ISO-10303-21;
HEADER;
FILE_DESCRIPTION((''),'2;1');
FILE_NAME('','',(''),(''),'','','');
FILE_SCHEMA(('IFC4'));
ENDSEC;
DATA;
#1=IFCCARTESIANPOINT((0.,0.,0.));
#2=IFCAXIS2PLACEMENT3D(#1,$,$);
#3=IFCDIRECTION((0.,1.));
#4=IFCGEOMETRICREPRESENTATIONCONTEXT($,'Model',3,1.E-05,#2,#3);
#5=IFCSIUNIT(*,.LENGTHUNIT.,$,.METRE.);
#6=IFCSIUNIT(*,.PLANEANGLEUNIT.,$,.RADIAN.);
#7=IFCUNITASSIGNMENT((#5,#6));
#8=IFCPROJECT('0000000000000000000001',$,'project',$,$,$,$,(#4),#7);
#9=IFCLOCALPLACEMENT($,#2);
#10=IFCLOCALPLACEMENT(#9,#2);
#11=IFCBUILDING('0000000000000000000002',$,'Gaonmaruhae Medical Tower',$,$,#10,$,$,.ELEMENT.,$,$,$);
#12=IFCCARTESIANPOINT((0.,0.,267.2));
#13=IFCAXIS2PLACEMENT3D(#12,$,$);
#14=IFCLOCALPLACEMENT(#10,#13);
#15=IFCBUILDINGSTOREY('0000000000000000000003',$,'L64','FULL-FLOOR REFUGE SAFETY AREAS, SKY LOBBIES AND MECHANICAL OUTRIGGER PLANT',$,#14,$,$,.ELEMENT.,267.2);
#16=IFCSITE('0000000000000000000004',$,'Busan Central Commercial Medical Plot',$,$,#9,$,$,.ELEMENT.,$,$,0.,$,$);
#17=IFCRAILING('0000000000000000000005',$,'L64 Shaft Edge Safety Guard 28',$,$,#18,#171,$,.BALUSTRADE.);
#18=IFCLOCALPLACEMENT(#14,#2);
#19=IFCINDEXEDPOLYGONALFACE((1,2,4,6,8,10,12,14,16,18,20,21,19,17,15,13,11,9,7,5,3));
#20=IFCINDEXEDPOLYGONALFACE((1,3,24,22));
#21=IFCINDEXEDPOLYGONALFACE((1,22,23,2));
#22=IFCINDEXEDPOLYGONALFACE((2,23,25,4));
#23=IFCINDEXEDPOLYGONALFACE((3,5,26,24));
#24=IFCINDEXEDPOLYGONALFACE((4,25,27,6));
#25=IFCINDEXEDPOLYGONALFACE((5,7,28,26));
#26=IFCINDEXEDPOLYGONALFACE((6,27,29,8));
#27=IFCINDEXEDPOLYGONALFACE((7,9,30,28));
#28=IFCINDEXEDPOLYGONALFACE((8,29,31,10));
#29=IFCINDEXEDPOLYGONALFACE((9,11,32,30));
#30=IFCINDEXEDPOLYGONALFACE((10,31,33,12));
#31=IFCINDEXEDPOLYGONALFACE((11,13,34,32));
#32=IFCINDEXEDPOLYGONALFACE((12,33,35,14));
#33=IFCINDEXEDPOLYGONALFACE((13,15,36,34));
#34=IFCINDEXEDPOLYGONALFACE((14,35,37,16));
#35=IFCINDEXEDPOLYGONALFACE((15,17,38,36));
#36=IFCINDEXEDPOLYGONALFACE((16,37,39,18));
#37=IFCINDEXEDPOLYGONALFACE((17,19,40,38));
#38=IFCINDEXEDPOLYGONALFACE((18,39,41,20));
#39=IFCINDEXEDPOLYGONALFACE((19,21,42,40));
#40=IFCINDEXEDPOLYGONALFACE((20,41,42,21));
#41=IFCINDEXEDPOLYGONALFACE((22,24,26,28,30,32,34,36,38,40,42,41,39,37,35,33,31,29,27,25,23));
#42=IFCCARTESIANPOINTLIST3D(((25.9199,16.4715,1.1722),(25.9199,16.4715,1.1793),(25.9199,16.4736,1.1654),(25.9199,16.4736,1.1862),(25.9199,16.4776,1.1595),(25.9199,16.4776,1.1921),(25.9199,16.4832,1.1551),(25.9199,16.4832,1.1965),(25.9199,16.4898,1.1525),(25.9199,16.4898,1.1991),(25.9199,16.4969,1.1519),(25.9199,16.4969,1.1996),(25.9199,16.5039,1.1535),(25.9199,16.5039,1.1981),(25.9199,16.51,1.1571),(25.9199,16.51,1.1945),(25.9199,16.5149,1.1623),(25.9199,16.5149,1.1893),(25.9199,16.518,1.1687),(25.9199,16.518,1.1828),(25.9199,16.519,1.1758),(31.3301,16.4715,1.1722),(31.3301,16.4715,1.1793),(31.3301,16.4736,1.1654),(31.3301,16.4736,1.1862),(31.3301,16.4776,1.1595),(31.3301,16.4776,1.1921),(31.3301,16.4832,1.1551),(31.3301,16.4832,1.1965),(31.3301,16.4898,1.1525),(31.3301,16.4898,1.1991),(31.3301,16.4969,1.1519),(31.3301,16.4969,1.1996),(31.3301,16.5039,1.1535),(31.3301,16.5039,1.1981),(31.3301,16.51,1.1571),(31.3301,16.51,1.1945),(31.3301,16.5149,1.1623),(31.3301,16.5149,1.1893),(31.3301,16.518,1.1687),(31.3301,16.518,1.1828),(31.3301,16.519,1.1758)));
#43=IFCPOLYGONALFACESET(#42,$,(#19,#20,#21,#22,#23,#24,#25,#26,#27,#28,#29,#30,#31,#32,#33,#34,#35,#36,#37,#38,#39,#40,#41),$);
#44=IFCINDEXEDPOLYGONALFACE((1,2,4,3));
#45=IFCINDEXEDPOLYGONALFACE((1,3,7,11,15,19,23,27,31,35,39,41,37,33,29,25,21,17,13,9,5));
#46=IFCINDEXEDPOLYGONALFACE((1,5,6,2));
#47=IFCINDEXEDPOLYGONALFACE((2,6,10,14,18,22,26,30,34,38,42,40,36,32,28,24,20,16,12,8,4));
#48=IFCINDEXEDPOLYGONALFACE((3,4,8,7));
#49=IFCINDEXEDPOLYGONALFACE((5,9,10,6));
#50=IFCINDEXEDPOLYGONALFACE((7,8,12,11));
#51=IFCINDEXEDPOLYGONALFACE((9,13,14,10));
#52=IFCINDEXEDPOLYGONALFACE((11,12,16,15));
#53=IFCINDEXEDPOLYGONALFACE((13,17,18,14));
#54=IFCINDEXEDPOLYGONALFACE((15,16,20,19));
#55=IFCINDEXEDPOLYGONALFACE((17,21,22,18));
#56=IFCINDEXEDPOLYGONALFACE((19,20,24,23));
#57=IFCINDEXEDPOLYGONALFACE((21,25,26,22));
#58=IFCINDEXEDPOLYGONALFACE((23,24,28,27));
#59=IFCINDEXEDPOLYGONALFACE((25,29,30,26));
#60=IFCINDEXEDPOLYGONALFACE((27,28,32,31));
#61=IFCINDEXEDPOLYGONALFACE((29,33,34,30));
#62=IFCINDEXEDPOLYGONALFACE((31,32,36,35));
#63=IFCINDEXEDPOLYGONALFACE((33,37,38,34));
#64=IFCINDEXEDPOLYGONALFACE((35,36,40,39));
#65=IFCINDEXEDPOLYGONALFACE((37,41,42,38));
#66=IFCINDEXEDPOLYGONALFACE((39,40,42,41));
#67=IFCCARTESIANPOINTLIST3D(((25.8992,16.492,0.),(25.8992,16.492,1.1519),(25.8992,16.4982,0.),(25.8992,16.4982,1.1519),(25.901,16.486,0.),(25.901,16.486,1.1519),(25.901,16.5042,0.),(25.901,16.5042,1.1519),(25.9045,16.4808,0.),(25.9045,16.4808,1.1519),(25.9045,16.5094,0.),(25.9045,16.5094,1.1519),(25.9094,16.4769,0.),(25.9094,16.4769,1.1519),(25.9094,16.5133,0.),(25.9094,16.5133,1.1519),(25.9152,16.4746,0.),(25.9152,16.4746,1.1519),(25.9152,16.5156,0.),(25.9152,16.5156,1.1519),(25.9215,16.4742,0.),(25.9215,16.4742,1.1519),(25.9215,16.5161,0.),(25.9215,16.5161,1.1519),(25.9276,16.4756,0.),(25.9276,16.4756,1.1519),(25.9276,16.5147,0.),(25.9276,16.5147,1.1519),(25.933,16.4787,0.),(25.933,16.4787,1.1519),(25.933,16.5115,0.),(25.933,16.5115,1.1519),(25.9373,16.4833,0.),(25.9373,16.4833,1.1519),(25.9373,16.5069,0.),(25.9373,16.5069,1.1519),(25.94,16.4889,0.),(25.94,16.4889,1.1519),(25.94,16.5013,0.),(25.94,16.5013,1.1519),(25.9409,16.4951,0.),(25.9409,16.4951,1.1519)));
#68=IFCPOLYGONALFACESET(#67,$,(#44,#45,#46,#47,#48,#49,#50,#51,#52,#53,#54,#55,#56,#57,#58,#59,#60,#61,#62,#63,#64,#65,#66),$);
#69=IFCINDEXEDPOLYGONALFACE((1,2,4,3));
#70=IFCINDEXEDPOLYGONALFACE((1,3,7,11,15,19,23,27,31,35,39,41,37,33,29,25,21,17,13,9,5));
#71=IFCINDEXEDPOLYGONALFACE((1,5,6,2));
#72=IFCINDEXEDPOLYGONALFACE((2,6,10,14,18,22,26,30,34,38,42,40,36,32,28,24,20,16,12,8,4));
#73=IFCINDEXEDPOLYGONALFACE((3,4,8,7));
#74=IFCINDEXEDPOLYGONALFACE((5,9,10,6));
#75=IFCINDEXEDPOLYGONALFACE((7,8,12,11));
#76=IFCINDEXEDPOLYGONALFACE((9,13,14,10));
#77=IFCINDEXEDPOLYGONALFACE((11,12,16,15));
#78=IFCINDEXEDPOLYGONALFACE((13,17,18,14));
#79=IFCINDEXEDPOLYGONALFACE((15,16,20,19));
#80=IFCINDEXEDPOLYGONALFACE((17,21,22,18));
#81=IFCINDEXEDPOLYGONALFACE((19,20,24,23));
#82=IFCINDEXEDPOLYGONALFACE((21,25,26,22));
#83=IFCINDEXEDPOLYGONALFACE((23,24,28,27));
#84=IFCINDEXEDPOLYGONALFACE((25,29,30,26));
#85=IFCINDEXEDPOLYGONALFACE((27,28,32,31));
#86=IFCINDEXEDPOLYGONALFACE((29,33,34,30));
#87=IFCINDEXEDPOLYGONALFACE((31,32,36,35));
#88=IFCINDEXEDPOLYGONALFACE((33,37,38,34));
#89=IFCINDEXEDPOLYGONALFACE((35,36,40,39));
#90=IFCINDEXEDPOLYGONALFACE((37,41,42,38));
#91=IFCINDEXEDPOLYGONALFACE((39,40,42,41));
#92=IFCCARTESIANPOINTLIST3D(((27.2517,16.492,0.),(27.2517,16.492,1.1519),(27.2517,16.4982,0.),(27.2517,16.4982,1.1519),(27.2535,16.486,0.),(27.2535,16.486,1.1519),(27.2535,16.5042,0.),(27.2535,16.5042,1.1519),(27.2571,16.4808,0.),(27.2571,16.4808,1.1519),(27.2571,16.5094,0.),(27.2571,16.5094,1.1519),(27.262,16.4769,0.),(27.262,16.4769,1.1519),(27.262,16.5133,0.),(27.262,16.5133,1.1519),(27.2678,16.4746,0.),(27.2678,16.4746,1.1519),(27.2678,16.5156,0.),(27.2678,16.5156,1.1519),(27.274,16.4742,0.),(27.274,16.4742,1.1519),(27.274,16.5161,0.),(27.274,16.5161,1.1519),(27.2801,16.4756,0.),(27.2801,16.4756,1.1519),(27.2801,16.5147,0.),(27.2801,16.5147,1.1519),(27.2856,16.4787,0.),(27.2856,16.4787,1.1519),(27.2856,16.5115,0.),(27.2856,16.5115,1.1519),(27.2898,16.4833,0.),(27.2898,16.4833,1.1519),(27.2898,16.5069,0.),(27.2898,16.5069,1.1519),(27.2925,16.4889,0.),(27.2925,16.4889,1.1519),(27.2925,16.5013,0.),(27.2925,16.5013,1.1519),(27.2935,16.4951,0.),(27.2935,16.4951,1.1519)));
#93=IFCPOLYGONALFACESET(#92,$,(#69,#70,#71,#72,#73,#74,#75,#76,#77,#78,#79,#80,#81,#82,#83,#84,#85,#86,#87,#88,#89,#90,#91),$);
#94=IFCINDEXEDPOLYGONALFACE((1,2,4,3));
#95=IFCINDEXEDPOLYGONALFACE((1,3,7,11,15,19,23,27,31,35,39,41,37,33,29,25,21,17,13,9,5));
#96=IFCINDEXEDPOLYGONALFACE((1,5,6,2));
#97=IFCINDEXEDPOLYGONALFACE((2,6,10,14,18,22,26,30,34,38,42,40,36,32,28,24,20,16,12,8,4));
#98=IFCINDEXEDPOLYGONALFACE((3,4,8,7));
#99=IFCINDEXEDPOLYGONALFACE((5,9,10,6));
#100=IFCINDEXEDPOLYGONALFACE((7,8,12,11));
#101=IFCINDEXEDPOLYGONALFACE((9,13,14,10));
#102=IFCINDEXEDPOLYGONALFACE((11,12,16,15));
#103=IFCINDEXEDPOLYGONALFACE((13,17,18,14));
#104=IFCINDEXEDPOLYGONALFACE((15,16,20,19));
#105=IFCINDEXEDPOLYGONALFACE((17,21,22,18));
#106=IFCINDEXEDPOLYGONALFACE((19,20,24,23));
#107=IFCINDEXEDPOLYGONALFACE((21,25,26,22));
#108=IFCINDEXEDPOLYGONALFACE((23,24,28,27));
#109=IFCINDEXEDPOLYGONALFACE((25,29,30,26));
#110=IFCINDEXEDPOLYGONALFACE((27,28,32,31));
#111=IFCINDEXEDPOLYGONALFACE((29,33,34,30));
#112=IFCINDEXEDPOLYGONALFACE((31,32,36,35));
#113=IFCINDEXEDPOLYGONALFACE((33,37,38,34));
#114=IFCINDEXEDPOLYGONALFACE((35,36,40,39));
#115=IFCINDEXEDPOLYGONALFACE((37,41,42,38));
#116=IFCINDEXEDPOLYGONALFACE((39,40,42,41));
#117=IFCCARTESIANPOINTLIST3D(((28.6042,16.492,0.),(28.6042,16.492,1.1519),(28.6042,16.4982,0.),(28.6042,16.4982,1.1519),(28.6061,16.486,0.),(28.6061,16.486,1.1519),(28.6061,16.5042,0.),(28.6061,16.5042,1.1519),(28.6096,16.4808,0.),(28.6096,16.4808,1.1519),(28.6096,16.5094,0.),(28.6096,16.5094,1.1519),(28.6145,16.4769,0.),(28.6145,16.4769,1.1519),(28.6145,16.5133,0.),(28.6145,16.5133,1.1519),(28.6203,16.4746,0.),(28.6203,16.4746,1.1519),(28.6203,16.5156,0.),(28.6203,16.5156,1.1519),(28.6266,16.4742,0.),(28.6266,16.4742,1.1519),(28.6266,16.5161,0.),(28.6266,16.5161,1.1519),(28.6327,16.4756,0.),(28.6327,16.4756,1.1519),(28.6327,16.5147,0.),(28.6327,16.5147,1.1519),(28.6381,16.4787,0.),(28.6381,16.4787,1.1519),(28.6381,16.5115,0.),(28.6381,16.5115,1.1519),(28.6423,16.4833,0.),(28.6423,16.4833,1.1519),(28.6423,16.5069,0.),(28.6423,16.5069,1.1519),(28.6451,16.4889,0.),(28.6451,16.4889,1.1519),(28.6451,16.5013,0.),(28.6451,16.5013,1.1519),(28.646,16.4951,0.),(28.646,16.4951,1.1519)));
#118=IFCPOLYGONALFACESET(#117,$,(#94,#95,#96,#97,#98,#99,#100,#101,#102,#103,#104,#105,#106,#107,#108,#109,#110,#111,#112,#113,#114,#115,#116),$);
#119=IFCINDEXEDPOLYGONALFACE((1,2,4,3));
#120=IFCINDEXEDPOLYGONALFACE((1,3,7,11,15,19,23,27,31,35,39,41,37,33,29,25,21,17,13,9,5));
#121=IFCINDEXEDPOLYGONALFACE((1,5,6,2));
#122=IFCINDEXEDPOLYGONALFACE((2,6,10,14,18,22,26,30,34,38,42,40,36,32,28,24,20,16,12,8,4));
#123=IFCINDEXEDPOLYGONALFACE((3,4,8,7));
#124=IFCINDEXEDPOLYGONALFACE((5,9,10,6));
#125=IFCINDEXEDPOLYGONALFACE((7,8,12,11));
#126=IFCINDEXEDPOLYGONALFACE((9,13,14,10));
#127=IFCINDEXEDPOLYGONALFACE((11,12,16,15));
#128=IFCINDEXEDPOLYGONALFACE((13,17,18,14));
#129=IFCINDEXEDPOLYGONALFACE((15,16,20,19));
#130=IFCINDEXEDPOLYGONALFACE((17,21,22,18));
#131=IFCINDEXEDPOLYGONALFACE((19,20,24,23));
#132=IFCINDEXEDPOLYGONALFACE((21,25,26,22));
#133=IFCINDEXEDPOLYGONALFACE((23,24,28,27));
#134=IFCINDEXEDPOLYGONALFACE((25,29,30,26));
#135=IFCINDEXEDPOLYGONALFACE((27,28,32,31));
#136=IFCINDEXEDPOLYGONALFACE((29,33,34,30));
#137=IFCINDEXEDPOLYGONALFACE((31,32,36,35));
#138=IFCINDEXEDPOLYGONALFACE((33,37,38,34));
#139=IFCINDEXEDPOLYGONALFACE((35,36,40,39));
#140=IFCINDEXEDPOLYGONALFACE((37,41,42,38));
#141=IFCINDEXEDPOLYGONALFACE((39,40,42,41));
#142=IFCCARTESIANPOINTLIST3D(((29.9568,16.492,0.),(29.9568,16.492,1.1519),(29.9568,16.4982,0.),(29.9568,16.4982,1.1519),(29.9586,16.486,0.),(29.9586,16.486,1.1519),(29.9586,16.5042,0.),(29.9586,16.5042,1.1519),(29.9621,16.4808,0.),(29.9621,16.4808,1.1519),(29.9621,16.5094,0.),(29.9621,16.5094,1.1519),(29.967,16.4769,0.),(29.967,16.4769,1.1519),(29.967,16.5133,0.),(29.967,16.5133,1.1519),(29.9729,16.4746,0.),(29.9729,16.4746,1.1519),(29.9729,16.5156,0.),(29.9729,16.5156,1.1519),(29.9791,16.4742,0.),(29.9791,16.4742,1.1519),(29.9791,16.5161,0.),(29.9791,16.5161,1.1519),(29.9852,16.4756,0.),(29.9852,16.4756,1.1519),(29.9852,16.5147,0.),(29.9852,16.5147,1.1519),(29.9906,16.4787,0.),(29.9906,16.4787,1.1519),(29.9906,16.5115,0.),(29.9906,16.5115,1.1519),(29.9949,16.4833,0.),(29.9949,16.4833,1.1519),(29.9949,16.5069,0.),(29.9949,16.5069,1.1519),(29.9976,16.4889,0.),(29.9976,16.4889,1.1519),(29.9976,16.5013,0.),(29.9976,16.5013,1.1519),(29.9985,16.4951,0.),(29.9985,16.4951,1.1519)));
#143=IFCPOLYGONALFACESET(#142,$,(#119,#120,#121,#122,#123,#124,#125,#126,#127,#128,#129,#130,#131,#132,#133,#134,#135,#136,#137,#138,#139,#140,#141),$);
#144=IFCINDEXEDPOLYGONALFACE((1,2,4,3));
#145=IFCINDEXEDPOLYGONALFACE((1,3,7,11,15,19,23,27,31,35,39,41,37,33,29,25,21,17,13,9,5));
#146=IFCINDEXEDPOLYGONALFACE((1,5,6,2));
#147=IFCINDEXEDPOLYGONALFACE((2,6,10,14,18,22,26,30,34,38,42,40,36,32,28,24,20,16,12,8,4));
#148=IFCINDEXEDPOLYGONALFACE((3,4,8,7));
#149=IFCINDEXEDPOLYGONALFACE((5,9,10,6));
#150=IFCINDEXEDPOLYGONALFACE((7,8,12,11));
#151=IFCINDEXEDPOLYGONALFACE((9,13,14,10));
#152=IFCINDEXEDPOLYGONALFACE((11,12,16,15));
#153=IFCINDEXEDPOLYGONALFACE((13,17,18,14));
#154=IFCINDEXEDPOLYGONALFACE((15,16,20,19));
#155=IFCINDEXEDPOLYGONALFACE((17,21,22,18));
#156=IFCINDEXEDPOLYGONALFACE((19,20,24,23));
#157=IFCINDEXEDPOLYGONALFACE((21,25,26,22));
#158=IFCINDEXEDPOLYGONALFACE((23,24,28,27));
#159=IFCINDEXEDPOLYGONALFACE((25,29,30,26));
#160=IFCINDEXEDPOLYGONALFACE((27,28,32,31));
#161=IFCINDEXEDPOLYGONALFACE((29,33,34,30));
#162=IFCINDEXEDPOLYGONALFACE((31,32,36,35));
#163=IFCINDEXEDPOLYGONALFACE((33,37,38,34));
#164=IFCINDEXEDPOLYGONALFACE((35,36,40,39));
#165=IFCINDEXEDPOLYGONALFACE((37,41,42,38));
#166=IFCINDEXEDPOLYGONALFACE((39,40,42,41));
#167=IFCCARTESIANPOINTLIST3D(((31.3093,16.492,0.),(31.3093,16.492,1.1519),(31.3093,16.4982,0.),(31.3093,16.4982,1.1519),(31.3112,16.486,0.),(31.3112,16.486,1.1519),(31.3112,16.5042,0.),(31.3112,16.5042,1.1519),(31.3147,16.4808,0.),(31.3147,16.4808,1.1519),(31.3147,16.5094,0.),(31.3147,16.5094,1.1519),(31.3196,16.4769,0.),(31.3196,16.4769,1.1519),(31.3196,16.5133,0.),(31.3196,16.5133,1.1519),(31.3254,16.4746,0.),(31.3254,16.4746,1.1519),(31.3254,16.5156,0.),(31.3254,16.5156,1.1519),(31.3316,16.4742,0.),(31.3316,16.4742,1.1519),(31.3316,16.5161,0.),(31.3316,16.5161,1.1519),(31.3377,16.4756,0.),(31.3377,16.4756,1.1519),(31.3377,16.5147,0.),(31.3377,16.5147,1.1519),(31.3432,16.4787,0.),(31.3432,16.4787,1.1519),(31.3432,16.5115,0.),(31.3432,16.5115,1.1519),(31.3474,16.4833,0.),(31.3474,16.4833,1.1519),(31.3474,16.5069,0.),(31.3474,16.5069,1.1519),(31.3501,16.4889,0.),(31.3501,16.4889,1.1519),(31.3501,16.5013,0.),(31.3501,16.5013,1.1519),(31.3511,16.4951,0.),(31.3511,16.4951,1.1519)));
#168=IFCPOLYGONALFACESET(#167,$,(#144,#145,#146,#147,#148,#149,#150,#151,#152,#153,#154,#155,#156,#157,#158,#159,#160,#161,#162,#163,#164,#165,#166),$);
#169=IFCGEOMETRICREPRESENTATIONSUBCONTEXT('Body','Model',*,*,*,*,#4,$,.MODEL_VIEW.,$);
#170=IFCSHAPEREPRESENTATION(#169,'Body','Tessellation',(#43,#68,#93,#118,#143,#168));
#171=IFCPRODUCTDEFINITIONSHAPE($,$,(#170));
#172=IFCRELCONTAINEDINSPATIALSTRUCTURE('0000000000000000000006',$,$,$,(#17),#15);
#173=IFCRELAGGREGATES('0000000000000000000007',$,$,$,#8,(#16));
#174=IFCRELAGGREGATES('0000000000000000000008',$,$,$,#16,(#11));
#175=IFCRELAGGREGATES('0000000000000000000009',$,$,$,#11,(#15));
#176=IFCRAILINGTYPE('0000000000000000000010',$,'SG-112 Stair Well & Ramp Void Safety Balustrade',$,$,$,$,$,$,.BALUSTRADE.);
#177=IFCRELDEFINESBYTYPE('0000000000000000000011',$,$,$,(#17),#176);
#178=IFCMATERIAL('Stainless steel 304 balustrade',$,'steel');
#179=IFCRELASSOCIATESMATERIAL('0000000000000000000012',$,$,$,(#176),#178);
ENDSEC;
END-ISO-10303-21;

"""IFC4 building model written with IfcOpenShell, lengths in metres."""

from ifc_helpers import new_model, si_unit, direction, frame, origin, origin_2d, place, context, subcontext, project, spatial, circle, extrude, material, type_object, element, save


model = new_model("IFC4")

# Units and contexts
model_context = context("Model", 3, precision=1e-05, world=origin(), true_north=direction((0.0, 1.0)))
body_context = subcontext(model_context, "Body", "Model", "MODEL_VIEW")
ifc_project = project(units=[si_unit("LENGTHUNIT", "METRE"), si_unit("PLANEANGLEUNIT", "RADIAN")], contexts=[model_context])

# Site, building, storey
site_placement = place(None, origin())
site = spatial("IfcSite", under=ifc_project, at=site_placement, Name="Busan Central Commercial Medical Plot", CompositionType="ELEMENT", RefElevation=0.0)
building_placement = place(site_placement, origin())
building = spatial("IfcBuilding", under=site, at=building_placement, Name="Gaonmaruhae Medical Tower", CompositionType="ELEMENT")
storey_placement = place(building_placement, frame((0.0, 0.0, 267.2)))
storey = spatial("IfcBuildingStorey", under=building, at=storey_placement, Name="L64", Description="FULL-FLOOR REFUGE SAFETY AREAS, SKY LOBBIES AND MECHANICAL OUTRIGGER PLANT", CompositionType="ELEMENT", Elevation=267.2)

# Railing
ifc_material_1 = material(Name="Stainless steel 304 balustrade", Category="steel")
railing_type = type_object("IfcRailingType", Name="SG-112 Stair Well & Ramp Void Safety Balustrade", PredefinedType="BALUSTRADE", material=ifc_material_1)
railing_1_placement = place(storey_placement, frame((25.9199, 16.4951, 0.0)))
element("IfcRailing", 1, at=railing_1_placement, inside=storey, type_object=railing_type, Name="L64 Shaft Edge Safety Guard 28", PredefinedType="BALUSTRADE", context=body_context, shape_type="SweptSolid", body=[
    extrude(circle(Radius=0.0239, at=origin_2d()), frame((0.0, 0.0, 1.1758), z_axis=(1.0, 0.0, 0.0), x_axis=(0.0, 1.0, 0.0)), (0.0, 0.0, 1.0), 5.4102),
    extrude(circle(Radius=0.021, at=origin_2d()), origin(), (0.0, 0.0, 1.0), 1.1519),
    extrude(circle(Radius=0.021, at=origin_2d()), frame((1.3525, 0.0, 0.0)), (0.0, 0.0, 1.0), 1.1519),
    extrude(circle(Radius=0.021, at=origin_2d()), frame((2.7051, 0.0, 0.0)), (0.0, 0.0, 1.0), 1.1519),
    extrude(circle(Radius=0.021, at=origin_2d()), frame((4.0576, 0.0, 0.0)), (0.0, 0.0, 1.0), 1.1519),
    extrude(circle(Radius=0.021, at=origin_2d()), frame((5.4102, 0.0, 0.0)), (0.0, 0.0, 1.0), 1.1519),
])

save(model, "model.ifc")
